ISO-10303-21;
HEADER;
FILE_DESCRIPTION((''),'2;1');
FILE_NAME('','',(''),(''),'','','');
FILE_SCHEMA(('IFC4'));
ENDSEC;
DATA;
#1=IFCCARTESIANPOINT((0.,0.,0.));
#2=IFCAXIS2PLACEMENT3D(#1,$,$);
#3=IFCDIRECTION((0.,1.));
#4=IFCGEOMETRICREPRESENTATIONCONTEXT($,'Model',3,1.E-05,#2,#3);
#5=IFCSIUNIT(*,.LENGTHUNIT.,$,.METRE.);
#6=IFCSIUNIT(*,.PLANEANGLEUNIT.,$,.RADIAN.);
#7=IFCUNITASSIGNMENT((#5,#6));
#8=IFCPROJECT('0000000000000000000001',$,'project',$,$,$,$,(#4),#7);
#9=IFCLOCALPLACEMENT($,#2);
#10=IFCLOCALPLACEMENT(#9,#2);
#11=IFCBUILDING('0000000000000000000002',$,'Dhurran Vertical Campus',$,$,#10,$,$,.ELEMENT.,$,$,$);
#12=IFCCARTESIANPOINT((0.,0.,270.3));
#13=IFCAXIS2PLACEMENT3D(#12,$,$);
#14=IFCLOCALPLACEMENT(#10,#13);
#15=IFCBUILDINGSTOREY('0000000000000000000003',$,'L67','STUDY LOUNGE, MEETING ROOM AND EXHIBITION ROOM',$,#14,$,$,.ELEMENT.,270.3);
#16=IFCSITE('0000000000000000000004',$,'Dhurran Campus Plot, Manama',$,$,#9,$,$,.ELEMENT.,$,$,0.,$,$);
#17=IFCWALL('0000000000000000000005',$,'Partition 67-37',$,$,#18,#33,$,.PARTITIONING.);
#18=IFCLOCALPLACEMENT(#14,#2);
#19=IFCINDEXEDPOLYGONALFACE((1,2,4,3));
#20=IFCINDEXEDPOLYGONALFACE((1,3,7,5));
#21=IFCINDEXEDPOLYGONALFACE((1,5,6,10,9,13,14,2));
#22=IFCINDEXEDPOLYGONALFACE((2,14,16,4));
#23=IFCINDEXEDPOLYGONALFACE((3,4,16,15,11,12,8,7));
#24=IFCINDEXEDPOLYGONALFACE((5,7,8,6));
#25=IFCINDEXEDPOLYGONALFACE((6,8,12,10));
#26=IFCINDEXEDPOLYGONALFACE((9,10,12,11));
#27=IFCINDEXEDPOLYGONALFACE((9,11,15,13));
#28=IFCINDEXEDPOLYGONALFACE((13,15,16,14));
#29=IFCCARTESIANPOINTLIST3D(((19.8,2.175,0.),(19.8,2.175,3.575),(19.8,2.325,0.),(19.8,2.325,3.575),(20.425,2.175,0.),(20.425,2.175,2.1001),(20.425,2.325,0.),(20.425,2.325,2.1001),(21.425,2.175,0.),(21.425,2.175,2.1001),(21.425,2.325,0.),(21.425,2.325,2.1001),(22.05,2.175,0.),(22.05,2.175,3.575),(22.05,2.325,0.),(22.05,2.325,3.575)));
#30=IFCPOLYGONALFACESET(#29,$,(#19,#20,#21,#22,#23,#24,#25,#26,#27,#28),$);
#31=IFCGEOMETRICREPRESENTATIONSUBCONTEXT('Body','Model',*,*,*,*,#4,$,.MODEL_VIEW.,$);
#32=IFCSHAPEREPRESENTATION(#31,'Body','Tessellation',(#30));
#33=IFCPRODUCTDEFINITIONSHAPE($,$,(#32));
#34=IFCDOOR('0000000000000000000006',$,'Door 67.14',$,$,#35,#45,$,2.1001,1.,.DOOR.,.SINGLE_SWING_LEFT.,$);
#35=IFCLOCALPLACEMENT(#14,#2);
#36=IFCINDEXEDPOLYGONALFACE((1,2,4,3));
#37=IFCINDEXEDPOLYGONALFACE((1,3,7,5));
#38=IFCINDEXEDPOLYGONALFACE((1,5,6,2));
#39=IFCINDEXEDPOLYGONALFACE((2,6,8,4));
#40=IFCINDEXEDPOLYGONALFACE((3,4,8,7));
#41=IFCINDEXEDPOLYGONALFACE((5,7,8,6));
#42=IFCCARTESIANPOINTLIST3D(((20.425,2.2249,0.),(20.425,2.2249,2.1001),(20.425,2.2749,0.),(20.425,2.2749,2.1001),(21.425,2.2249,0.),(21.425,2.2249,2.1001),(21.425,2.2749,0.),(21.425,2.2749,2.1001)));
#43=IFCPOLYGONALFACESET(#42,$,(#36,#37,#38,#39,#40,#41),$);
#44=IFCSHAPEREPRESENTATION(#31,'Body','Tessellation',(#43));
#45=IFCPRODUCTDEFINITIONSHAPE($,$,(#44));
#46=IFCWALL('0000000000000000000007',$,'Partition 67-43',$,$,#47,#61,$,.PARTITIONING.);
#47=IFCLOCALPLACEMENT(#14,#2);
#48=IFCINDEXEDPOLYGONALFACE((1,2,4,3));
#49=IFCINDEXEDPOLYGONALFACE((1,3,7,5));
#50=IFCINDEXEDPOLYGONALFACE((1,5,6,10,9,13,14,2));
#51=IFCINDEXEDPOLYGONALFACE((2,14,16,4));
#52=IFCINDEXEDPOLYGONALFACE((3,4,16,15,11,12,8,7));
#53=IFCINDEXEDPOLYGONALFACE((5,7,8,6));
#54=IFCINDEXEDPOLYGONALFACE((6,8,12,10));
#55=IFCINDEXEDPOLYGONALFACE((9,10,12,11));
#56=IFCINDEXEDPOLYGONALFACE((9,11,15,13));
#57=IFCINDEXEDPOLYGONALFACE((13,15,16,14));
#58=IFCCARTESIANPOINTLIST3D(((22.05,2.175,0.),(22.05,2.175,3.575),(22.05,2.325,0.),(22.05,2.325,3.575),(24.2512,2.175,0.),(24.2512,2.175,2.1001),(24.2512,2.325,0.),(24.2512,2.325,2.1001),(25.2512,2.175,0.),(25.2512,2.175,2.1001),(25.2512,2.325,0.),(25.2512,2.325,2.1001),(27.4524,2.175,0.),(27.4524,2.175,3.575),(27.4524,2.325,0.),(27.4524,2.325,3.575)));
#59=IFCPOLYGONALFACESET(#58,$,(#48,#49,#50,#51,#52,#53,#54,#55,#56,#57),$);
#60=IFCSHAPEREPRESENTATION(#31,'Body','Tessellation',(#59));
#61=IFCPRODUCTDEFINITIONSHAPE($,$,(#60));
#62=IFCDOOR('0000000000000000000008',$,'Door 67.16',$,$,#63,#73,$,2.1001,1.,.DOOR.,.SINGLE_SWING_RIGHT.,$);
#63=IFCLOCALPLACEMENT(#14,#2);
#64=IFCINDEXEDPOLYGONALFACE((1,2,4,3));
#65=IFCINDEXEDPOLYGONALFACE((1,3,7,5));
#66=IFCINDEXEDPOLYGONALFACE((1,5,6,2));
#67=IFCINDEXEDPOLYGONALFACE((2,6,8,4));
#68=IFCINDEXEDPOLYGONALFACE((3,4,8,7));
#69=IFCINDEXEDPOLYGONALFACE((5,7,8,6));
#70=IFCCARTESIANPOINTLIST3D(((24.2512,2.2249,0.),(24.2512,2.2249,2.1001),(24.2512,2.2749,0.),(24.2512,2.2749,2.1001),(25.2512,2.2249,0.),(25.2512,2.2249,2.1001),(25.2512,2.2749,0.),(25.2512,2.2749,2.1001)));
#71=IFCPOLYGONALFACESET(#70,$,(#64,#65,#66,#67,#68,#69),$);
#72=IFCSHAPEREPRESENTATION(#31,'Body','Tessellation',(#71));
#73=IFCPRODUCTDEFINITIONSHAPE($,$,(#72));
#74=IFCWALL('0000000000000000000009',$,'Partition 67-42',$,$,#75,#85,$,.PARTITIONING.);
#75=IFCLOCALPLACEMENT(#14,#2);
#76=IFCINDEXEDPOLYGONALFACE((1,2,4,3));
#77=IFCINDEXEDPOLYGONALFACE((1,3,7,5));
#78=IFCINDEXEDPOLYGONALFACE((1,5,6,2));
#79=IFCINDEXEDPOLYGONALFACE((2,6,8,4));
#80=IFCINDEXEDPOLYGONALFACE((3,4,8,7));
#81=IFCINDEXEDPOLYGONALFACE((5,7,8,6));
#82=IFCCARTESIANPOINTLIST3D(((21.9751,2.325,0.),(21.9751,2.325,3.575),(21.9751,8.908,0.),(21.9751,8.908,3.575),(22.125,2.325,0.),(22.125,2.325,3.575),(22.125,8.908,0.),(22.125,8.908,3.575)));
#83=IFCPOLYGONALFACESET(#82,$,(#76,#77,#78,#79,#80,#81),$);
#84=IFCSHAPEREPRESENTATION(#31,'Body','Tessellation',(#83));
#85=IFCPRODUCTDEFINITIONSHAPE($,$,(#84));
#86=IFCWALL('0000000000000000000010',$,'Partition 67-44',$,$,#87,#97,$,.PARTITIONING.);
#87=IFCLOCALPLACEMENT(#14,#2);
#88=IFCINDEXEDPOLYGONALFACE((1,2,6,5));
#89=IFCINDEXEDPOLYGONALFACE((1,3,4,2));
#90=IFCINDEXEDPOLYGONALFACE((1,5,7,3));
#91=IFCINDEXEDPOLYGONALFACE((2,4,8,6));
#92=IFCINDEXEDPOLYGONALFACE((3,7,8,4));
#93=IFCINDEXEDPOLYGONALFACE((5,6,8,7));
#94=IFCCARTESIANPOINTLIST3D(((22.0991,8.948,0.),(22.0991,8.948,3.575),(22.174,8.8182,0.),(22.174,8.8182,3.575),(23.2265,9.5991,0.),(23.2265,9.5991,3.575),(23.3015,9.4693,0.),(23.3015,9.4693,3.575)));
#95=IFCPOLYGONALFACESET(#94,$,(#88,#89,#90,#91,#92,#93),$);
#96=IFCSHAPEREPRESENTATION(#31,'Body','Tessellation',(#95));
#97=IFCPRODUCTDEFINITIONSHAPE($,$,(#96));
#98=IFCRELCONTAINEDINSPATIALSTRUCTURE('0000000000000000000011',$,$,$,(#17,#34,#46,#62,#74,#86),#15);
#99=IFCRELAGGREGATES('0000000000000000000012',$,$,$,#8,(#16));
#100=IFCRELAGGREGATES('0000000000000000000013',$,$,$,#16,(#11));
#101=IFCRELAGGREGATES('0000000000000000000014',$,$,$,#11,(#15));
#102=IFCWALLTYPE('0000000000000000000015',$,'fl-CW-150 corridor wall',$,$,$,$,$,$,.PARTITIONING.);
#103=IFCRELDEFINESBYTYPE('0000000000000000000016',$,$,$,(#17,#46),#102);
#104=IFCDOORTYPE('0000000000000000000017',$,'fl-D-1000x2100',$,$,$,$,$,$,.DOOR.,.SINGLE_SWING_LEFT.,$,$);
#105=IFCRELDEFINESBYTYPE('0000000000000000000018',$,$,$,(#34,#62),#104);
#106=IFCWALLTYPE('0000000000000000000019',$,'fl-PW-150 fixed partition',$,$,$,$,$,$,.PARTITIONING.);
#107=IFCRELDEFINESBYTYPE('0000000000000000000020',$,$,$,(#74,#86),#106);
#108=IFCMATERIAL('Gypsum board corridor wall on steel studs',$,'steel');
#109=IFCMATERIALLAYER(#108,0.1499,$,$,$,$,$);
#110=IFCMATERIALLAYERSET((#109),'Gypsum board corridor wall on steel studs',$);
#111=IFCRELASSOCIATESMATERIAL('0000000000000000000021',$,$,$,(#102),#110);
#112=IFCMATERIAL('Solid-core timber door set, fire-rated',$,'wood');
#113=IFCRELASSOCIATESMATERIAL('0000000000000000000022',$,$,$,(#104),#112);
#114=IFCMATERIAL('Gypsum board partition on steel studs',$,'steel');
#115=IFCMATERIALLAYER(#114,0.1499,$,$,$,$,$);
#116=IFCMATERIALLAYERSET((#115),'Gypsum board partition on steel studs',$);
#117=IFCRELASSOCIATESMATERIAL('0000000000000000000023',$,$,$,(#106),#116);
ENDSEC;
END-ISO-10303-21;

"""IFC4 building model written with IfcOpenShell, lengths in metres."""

from ifc_helpers import new_model, si_unit, direction, frame, frame_2d, origin, place, context, subcontext, project, spatial, rectangle, extrude, material, layer, layer_set, type_object, element, fill, save


model = new_model("IFC4")

# Units and contexts
model_context = context("Model", 3, precision=1e-05, world=origin(), true_north=direction((0.0, 1.0)))
body_context = subcontext(model_context, "Body", "Model", "MODEL_VIEW")
ifc_project = project(units=[si_unit("LENGTHUNIT", "METRE"), si_unit("PLANEANGLEUNIT", "RADIAN")], contexts=[model_context])

# Site, building, storey
site_placement = place(None, origin())
site = spatial("IfcSite", under=ifc_project, at=site_placement, Name="Dhurran Campus Plot, Manama", CompositionType="ELEMENT", RefElevation=0.0)
building_placement = place(site_placement, origin())
building = spatial("IfcBuilding", under=site, at=building_placement, Name="Dhurran Vertical Campus", CompositionType="ELEMENT")
storey_placement = place(building_placement, frame((0.0, 0.0, 270.3)))
storey = spatial("IfcBuildingStorey", under=building, at=storey_placement, Name="L67", Description="STUDY LOUNGE, MEETING ROOM AND EXHIBITION ROOM", CompositionType="ELEMENT", Elevation=270.3)

# Shared definitions
ifc_material_1 = material(Name="Gypsum board corridor wall on steel studs", Category="steel")
ifc_layer_1 = layer(ifc_material_1, 0.1499)
ifc_layer_set_1 = layer_set([ifc_layer_1], Name="Gypsum board corridor wall on steel studs")
wall_type_1 = type_object("IfcWallType", Name="fl-CW-150 corridor wall", PredefinedType="PARTITIONING", material=ifc_layer_set_1)
ifc_material_2 = material(Name="Solid-core timber door set, fire-rated", Category="wood")
door_type = type_object("IfcDoorType", Name="fl-D-1000x2100", OperationType="SINGLE_SWING_LEFT", PredefinedType="DOOR", material=ifc_material_2)

# Walls, openings, doors
wall_1_placement = place(storey_placement, frame((19.8, 2.25, 0.0), z_axis=(0.0, 0.0, 1.0), x_axis=(1.0, 0.0, 0.0)))
wall_1 = element("IfcWall", 1, at=wall_1_placement, inside=storey, type_object=wall_type_1, Name="Partition 67-37", PredefinedType="PARTITIONING", context=body_context, shape_type="SweptSolid", body=[
    extrude(rectangle(XDim=2.25, YDim=0.1499, at=frame_2d((1.125, 0.0))), origin(), (0.0, 0.0, 1.0), 3.575),
])
opening_1_placement = place(wall_1_placement, frame((0.625, 0.0, 0.0)))
opening_1 = element("IfcOpeningElement", 2, at=opening_1_placement, cuts=wall_1, PredefinedType="OPENING", context=body_context, shape_type="SweptSolid", body=[
    extrude(rectangle(XDim=1.0, YDim=2.1001, at=frame_2d((0.5, 1.05))), frame((0.0, 0.085, 0.0), z_axis=(0.0, -1.0, 0.0), x_axis=(1.0, 0.0, 0.0)), (0.0, 0.0, 1.0), 0.1699),
])
door_1_placement = place(opening_1_placement, origin())
door_1 = element("IfcDoor", 3, at=door_1_placement, inside=storey, type_object=door_type, Name="Door 67.14", OperationType="SINGLE_SWING_LEFT", OverallHeight=2.1001, OverallWidth=1.0, PredefinedType="DOOR", context=body_context, shape_type="SweptSolid", body=[
    extrude(rectangle(XDim=1.0, YDim=2.1001, at=frame_2d((0.5, 1.05))), frame((0.0, 0.0249, 0.0), z_axis=(0.0, -1.0, 0.0), x_axis=(1.0, 0.0, 0.0)), (0.0, 0.0, 1.0), 0.05),
])
fill(opening_1, door_1)
wall_2_placement = place(storey_placement, frame((22.05, 2.25, 0.0), z_axis=(0.0, 0.0, 1.0), x_axis=(1.0, 0.0, 0.0)))
wall_2 = element("IfcWall", 4, at=wall_2_placement, inside=storey, type_object=wall_type_1, Name="Partition 67-43", PredefinedType="PARTITIONING", context=body_context, shape_type="SweptSolid", body=[
    extrude(rectangle(XDim=5.4023, YDim=0.1499, at=frame_2d((2.7012, 0.0))), origin(), (0.0, 0.0, 1.0), 3.575),
])
opening_2_placement = place(wall_2_placement, frame((2.2012, 0.0, 0.0)))
opening_2 = element("IfcOpeningElement", 5, at=opening_2_placement, cuts=wall_2, PredefinedType="OPENING", context=body_context, shape_type="SweptSolid", body=[
    extrude(rectangle(XDim=1.0, YDim=2.1001, at=frame_2d((0.5, 1.05))), frame((0.0, 0.085, 0.0), z_axis=(0.0, -1.0, 0.0), x_axis=(1.0, 0.0, 0.0)), (0.0, 0.0, 1.0), 0.1699),
])
door_2_placement = place(opening_2_placement, origin())
door_2 = element("IfcDoor", 6, at=door_2_placement, inside=storey, type_object=door_type, Name="Door 67.16", OperationType="SINGLE_SWING_RIGHT", OverallHeight=2.1001, OverallWidth=1.0, PredefinedType="DOOR", context=body_context, shape_type="SweptSolid", body=[
    extrude(rectangle(XDim=1.0, YDim=2.1001, at=frame_2d((0.5, 1.05))), frame((0.0, 0.0249, 0.0), z_axis=(0.0, -1.0, 0.0), x_axis=(1.0, 0.0, 0.0)), (0.0, 0.0, 1.0), 0.05),
])
fill(opening_2, door_2)

# Walls
ifc_material_3 = material(Name="Gypsum board partition on steel studs", Category="steel")
ifc_layer_2 = layer(ifc_material_3, 0.1499)
ifc_layer_set_2 = layer_set([ifc_layer_2], Name="Gypsum board partition on steel studs")
wall_type_2 = type_object("IfcWallType", Name="fl-PW-150 fixed partition", PredefinedType="PARTITIONING", material=ifc_layer_set_2)
wall_3_placement = place(storey_placement, frame((22.05, 8.908, 0.0), z_axis=(0.0, 0.0, 1.0), x_axis=(0.0, -1.0, 0.0)))
element("IfcWall", 7, at=wall_3_placement, inside=storey, type_object=wall_type_2, Name="Partition 67-42", PredefinedType="PARTITIONING", context=body_context, shape_type="SweptSolid", body=[
    extrude(rectangle(XDim=6.583, YDim=0.1499, at=frame_2d((3.2915, 0.0))), origin(), (0.0, 0.0, 1.0), 3.575),
])
wall_4_placement = place(storey_placement, frame((23.2639, 9.5342, 0.0), z_axis=(0.0, 0.0, 1.0), x_axis=(-0.865961, -0.500112, 0.0)))
element("IfcWall", 8, at=wall_4_placement, inside=storey, type_object=wall_type_2, Name="Partition 67-44", PredefinedType="PARTITIONING", context=body_context, shape_type="SweptSolid", body=[
    extrude(rectangle(XDim=1.302, YDim=0.1499, at=frame_2d((0.6509, 0.0))), origin(), (0.0, 0.0, 1.0), 3.575),
])

save(model, "model.ifc")
